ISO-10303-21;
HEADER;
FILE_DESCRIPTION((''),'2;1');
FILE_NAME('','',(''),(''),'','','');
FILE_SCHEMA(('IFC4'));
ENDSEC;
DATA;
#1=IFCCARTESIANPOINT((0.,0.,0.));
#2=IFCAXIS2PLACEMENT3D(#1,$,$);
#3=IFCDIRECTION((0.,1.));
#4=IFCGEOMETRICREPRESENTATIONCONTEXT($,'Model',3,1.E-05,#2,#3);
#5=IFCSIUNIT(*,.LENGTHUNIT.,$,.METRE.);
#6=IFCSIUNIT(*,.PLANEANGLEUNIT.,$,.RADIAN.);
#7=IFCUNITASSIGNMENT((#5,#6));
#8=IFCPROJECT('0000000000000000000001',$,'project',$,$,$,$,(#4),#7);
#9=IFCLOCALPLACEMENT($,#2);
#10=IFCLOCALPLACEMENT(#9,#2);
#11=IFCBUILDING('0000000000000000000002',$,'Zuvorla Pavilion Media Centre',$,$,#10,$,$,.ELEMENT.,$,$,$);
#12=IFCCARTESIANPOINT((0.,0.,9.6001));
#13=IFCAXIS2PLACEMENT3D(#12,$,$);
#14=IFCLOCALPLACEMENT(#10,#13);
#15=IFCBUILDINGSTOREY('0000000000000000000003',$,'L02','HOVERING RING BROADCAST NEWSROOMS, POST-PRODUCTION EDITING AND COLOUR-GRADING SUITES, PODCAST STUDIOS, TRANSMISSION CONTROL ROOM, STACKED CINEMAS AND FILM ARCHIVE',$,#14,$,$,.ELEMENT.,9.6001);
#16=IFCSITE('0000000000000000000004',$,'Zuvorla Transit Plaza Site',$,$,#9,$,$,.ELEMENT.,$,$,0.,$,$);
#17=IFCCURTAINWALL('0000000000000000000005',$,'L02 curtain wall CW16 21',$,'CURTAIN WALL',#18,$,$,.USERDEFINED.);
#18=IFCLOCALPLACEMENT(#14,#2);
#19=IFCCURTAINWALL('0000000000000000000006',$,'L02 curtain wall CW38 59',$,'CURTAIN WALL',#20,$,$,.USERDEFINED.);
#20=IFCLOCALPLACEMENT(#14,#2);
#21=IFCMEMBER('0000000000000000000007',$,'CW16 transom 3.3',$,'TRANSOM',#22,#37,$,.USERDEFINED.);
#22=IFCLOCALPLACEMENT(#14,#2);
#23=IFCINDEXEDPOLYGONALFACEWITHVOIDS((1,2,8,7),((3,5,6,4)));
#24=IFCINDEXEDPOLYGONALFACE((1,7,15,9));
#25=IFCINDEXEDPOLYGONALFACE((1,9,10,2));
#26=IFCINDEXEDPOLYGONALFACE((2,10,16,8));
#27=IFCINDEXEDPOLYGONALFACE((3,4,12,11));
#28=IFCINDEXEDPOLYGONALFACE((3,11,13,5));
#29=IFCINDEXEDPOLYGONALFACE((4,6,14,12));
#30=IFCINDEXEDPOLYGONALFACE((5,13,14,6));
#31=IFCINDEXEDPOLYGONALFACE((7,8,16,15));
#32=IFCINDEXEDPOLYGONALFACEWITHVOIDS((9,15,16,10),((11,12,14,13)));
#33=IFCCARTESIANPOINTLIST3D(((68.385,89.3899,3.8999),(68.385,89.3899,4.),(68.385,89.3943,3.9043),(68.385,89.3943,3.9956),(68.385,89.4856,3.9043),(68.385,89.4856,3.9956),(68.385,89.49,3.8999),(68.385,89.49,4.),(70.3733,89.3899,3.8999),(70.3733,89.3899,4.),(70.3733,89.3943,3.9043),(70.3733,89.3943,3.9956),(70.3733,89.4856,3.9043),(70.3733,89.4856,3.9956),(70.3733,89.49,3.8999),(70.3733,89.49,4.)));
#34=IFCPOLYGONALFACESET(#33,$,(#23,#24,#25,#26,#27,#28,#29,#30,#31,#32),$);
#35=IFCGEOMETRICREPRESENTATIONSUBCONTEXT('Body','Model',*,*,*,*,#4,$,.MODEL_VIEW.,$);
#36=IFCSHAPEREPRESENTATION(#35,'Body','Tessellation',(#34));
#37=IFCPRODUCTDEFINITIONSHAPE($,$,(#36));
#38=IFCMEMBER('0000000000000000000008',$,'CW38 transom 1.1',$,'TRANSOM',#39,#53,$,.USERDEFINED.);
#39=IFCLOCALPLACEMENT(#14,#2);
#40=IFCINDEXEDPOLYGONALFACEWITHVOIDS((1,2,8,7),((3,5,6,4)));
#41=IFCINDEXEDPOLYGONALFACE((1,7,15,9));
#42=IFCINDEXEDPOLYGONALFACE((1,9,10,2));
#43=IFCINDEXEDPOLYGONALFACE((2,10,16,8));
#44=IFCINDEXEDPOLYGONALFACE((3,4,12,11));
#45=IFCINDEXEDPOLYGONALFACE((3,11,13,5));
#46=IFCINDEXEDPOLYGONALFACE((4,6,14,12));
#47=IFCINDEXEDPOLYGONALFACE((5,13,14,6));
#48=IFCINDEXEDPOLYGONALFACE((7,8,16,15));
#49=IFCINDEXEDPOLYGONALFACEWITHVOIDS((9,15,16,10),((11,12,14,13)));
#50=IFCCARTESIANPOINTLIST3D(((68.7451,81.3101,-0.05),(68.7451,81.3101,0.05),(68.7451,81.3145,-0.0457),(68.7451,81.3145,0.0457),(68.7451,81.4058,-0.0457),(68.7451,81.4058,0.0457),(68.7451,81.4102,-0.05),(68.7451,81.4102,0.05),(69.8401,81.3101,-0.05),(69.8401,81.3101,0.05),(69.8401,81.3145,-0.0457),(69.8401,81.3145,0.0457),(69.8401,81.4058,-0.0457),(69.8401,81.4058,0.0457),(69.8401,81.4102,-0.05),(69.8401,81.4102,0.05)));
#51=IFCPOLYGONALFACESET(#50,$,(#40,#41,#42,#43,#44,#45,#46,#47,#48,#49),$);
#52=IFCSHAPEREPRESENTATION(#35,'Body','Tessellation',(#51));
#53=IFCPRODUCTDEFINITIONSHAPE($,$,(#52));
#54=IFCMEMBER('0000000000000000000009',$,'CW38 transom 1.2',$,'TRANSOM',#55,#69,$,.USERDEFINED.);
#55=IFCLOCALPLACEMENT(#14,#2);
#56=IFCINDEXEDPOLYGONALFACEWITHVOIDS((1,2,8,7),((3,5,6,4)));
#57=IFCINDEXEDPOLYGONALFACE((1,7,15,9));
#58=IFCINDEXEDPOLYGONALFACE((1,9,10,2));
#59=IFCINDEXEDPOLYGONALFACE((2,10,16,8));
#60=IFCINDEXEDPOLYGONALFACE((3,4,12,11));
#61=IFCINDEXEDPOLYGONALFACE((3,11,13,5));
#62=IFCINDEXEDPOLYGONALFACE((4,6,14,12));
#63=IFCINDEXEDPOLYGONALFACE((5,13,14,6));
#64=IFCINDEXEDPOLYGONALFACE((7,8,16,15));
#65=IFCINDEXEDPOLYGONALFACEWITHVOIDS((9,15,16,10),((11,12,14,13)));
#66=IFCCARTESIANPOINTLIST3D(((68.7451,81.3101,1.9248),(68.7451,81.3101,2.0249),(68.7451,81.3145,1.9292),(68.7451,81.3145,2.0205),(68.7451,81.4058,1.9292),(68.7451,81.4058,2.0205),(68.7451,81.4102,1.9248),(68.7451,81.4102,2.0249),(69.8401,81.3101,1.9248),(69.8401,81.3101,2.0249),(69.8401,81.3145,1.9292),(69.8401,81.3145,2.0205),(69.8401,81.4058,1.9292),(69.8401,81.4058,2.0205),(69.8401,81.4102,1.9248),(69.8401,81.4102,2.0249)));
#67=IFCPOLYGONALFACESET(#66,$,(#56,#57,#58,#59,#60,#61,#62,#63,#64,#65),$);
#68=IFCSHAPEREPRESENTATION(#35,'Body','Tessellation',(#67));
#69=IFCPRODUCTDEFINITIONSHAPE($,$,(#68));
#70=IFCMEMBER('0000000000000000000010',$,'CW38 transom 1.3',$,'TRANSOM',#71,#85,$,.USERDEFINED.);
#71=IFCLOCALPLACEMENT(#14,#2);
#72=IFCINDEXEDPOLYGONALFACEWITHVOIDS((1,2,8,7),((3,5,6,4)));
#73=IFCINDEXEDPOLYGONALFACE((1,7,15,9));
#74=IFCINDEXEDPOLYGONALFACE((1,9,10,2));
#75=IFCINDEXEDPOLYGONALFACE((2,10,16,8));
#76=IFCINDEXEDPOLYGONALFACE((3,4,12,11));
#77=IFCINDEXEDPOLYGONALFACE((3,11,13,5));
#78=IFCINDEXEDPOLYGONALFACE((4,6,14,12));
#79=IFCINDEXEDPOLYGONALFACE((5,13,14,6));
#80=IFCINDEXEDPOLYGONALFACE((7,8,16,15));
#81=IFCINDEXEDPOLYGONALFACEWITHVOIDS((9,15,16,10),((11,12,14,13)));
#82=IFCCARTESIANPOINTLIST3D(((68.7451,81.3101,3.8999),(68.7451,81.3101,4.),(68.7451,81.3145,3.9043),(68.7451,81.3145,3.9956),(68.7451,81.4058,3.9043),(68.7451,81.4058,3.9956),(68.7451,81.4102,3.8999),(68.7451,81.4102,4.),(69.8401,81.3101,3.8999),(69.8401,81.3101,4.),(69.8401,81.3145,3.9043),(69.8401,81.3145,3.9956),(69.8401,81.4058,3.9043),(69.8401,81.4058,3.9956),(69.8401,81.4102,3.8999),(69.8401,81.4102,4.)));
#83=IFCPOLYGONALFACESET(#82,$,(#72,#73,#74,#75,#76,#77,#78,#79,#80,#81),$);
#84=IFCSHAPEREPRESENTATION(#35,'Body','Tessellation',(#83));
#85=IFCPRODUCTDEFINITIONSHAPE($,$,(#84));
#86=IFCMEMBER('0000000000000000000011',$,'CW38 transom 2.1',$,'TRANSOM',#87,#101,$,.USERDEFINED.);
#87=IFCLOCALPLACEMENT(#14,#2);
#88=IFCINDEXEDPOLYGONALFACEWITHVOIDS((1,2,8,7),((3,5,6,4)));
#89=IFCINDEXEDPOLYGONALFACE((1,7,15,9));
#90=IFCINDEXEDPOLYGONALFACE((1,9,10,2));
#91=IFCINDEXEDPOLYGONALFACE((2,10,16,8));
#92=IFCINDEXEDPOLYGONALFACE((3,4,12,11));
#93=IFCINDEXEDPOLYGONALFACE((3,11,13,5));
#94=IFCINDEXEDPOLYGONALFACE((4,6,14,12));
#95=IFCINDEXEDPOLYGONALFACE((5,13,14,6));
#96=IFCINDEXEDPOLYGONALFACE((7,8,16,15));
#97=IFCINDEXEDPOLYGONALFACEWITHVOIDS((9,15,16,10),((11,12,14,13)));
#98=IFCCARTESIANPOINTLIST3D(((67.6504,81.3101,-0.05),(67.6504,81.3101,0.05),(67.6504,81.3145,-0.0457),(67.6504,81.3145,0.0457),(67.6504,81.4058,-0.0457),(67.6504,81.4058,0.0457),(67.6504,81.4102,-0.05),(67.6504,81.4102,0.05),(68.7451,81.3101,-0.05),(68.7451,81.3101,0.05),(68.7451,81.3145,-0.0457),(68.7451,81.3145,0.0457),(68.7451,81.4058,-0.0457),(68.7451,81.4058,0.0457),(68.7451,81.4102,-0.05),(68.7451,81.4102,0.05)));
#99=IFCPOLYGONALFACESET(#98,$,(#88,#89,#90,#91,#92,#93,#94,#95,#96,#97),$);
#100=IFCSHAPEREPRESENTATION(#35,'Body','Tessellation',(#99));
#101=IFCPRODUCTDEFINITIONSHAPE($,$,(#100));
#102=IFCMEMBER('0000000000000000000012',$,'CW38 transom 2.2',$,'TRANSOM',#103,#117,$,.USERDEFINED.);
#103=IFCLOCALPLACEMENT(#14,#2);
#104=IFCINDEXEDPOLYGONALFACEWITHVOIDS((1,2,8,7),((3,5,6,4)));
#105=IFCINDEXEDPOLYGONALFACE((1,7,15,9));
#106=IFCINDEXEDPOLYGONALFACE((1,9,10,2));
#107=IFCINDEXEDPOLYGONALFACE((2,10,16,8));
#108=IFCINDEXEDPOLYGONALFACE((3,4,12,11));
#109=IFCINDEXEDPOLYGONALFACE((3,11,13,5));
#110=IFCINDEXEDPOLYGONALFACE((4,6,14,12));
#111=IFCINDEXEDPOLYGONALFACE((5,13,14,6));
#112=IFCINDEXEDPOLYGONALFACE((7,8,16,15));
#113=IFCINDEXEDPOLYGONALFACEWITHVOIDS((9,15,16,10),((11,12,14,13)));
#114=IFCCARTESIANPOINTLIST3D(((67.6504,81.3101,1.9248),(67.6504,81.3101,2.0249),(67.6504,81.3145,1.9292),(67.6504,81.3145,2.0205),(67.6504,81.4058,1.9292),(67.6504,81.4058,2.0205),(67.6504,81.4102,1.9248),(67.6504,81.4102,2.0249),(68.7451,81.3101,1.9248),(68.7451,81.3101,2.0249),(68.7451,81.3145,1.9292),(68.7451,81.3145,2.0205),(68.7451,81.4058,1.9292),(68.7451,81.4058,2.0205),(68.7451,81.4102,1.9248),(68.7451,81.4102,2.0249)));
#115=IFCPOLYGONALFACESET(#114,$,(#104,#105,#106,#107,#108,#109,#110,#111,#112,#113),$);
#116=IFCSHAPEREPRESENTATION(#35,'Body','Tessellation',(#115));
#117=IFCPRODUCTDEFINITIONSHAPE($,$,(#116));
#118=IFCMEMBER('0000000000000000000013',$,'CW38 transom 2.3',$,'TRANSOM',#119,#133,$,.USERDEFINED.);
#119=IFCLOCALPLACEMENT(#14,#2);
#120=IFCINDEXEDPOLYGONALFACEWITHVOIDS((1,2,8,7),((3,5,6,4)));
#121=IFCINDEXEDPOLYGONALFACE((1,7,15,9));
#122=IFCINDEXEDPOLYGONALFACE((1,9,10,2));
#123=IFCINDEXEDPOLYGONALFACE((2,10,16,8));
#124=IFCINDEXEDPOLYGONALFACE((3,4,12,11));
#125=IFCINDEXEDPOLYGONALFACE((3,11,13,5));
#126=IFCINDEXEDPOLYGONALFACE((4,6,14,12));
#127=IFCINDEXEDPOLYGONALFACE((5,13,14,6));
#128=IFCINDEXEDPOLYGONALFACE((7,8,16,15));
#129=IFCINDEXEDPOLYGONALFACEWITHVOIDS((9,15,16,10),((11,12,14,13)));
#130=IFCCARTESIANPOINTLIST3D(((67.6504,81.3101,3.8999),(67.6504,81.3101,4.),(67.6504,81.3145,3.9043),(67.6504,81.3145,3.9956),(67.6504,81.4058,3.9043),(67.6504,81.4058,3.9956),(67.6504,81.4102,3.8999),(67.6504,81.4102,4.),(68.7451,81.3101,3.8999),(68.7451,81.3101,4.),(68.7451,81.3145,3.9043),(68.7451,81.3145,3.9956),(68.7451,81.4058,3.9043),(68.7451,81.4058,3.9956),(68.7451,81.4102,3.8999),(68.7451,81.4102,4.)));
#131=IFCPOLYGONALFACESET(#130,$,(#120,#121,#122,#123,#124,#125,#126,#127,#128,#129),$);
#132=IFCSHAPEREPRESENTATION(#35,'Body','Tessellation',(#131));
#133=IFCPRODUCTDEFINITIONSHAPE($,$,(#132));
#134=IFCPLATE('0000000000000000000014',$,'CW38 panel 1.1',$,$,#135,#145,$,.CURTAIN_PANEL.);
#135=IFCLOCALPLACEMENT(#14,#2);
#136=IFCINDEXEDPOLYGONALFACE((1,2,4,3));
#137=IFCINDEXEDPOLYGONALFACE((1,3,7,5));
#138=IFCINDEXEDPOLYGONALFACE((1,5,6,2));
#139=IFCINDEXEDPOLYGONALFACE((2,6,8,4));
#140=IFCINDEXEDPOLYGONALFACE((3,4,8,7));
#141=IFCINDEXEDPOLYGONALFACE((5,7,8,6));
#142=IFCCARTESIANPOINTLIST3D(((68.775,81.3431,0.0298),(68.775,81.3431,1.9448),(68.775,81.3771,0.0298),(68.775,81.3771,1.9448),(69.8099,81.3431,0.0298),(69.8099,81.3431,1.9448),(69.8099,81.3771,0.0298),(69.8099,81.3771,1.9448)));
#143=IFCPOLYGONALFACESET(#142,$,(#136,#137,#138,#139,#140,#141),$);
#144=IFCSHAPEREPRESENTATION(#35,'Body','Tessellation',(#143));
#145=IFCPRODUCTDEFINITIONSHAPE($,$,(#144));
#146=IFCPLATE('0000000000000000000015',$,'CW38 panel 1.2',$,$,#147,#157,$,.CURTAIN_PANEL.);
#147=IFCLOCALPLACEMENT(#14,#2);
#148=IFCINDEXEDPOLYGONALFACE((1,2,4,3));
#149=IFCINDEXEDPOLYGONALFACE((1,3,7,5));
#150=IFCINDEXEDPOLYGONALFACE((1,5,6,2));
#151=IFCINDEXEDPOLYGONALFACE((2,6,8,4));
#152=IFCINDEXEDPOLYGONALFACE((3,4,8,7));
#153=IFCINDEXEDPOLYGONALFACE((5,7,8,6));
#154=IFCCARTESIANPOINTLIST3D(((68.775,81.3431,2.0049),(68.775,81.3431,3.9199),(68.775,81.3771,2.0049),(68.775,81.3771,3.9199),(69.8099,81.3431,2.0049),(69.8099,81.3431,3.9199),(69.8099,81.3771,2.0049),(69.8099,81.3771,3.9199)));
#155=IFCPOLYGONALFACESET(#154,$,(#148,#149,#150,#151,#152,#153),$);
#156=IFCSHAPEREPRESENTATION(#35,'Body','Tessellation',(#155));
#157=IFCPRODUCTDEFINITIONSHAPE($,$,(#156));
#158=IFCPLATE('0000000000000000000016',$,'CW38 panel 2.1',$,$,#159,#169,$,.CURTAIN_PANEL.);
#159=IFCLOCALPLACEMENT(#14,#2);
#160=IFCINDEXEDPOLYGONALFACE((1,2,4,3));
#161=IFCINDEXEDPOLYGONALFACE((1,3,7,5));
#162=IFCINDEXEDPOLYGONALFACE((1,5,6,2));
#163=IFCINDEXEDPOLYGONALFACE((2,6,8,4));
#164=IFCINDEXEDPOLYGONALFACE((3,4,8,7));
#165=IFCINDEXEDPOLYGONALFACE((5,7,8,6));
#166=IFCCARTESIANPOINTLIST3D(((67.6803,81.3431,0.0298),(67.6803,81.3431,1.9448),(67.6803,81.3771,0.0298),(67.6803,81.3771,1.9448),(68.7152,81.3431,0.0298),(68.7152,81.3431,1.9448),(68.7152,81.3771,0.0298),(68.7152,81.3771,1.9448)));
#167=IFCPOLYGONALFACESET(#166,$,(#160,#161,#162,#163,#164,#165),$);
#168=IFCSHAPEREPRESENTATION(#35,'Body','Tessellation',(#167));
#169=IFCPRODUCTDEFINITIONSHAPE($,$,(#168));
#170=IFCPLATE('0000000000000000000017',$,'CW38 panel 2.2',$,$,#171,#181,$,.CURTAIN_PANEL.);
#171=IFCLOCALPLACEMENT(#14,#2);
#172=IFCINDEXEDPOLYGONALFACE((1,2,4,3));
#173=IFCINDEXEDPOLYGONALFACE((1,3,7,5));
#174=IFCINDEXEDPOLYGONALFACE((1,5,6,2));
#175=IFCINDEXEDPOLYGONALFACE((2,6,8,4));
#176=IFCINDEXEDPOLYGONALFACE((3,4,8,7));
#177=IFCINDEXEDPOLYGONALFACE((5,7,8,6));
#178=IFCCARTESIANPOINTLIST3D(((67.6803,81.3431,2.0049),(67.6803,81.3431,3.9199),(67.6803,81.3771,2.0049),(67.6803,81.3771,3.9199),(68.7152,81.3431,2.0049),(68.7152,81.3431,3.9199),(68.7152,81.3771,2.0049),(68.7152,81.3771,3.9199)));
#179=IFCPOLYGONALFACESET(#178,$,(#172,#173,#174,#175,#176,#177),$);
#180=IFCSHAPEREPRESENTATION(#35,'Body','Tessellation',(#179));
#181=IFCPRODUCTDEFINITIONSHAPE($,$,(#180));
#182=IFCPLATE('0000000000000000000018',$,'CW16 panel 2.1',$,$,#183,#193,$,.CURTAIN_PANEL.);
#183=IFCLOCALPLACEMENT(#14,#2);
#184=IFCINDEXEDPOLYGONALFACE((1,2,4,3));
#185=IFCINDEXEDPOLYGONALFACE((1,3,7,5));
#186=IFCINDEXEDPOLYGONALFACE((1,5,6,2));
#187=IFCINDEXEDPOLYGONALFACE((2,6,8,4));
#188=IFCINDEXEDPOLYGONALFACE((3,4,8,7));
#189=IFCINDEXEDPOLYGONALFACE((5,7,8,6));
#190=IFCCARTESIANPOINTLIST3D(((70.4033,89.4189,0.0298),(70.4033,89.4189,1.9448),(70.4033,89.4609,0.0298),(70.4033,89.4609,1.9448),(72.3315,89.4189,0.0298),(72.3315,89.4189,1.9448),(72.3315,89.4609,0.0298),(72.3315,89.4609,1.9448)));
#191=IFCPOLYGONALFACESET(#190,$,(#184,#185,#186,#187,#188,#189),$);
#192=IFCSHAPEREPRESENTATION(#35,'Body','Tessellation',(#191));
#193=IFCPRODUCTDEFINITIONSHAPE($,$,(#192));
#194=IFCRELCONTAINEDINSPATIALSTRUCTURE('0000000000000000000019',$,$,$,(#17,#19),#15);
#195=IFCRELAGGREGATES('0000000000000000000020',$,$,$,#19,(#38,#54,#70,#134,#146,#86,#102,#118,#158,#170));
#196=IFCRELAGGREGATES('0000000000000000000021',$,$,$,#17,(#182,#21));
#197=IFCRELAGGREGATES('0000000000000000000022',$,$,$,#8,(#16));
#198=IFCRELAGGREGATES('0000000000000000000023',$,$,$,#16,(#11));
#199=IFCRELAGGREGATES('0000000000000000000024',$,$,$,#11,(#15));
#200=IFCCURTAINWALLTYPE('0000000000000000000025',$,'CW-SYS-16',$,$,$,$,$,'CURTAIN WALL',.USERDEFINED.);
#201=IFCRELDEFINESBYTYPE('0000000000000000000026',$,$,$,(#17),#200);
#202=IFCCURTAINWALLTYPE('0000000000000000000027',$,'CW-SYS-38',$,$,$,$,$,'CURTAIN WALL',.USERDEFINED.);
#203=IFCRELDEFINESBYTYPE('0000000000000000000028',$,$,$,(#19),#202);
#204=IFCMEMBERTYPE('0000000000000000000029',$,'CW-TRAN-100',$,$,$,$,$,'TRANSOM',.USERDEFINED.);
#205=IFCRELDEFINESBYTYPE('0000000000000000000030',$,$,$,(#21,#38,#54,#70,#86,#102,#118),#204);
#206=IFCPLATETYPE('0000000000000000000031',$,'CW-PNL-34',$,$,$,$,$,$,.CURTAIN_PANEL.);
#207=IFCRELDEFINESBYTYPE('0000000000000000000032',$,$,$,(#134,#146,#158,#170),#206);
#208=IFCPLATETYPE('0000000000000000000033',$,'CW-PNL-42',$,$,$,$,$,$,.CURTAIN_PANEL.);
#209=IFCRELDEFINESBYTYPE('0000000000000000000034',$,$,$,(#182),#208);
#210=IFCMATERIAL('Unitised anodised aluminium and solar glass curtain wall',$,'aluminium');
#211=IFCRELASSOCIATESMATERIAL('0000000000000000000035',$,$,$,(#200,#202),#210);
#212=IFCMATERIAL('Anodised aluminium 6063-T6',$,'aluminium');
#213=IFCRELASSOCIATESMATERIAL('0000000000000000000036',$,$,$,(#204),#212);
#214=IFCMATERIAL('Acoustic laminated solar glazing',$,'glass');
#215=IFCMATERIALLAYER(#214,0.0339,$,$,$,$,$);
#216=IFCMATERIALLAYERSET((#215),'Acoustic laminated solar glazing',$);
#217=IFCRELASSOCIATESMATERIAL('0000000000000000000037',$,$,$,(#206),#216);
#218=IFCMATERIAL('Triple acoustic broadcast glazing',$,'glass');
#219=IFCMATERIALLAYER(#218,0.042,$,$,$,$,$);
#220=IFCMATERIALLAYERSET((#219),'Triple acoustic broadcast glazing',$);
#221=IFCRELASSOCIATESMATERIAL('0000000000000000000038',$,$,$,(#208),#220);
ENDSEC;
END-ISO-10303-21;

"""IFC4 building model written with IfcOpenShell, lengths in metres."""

from ifc_helpers import new_model, si_unit, direction, frame, origin, origin_2d, place, context, subcontext, project, spatial, rectangle, hollow_rectangle, extrude, material, layer, layer_set, material_profile, profile_set, type_object, element, aggregate, save


model = new_model("IFC4")

# Units and contexts
model_context = context("Model", 3, precision=1e-05, world=origin(), true_north=direction((0.0, 1.0)))
body_context = subcontext(model_context, "Body", "Model", "MODEL_VIEW")
ifc_project = project(units=[si_unit("LENGTHUNIT", "METRE"), si_unit("PLANEANGLEUNIT", "RADIAN")], contexts=[model_context])

# Site, building, storey
site_placement = place(None, origin())
site = spatial("IfcSite", under=ifc_project, at=site_placement, Name="Zuvorla Transit Plaza Site", CompositionType="ELEMENT", RefElevation=0.0)
building_placement = place(site_placement, origin())
building = spatial("IfcBuilding", under=site, at=building_placement, Name="Zuvorla Pavilion Media Centre", CompositionType="ELEMENT")
storey_placement = place(building_placement, frame((0.0, 0.0, 9.6001)))
storey = spatial("IfcBuildingStorey", under=building, at=storey_placement, Name="L02", Description="HOVERING RING BROADCAST NEWSROOMS, POST-PRODUCTION EDITING AND COLOUR-GRADING SUITES, PODCAST STUDIOS, TRANSMISSION CONTROL ROOM, STACKED CINEMAS AND FILM ARCHIVE", CompositionType="ELEMENT", Elevation=9.6001)

# Shared definitions
ifc_material_1 = material(Name="Unitised anodised aluminium and solar glass curtain wall", Category="aluminium")
ifc_material_2 = material(Name="Anodised aluminium 6063-T6", Category="aluminium")

# Curtain walls
curtain_wall_type_1 = type_object("IfcCurtainWallType", Name="CW-SYS-16", ElementType="CURTAIN WALL", PredefinedType="USERDEFINED", material=ifc_material_1)
curtain_wall_1_placement = place(storey_placement, origin())
curtain_wall_1 = element("IfcCurtainWall", 1, at=curtain_wall_1_placement, inside=storey, type_object=curtain_wall_type_1, Name="L02 curtain wall CW16 21", ObjectType="CURTAIN WALL", PredefinedType="USERDEFINED")
curtain_wall_type_2 = type_object("IfcCurtainWallType", Name="CW-SYS-38", ElementType="CURTAIN WALL", PredefinedType="USERDEFINED", material=ifc_material_1)
curtain_wall_2_placement = place(storey_placement, origin())
curtain_wall_2 = element("IfcCurtainWall", 2, at=curtain_wall_2_placement, inside=storey, type_object=curtain_wall_type_2, Name="L02 curtain wall CW38 59", ObjectType="CURTAIN WALL", PredefinedType="USERDEFINED")

# Members
ifc_material_profile_1 = material_profile(ifc_material_2, hollow_rectangle(XDim=0.1001, YDim=0.1001, WallThickness=0.0044, at=origin_2d()), Name="ALU TRAN 100x100")
ifc_profile_set_1 = profile_set([ifc_material_profile_1], Name="Anodised aluminium 6063-T6")
member_type_1 = type_object("IfcMemberType", Name="CW-TRAN-100", ElementType="TRANSOM", PredefinedType="USERDEFINED", material=ifc_profile_set_1)
member_1_placement = place(storey_placement, frame((70.3733, 89.4399, 3.95), z_axis=(-1.0, 0.0, 0.0), x_axis=(0.0, -1.0, 0.0)))
member_1 = element("IfcMember", 3, at=member_1_placement, type_object=member_type_1, Name="CW16 transom 3.3", ObjectType="TRANSOM", PredefinedType="USERDEFINED", context=body_context, shape_type="SweptSolid", body=[
    extrude(hollow_rectangle(XDim=0.1001, YDim=0.1001, WallThickness=0.0044, at=origin_2d()), origin(), (0.0, 0.0, 1.0), 1.9883),
])
member_2_placement = place(storey_placement, frame((69.8401, 81.3601, 0.0), z_axis=(-1.0, 0.0, 0.0), x_axis=(0.0, -1.0, 0.0)))
member_2 = element("IfcMember", 4, at=member_2_placement, type_object=member_type_1, Name="CW38 transom 1.1", ObjectType="TRANSOM", PredefinedType="USERDEFINED", context=body_context, shape_type="SweptSolid", body=[
    extrude(hollow_rectangle(XDim=0.1001, YDim=0.1001, WallThickness=0.0044, at=origin_2d()), origin(), (0.0, 0.0, 1.0), 1.095),
])
member_3_placement = place(storey_placement, frame((69.8401, 81.3601, 1.9749), z_axis=(-1.0, 0.0, 0.0), x_axis=(0.0, -1.0, 0.0)))
member_3 = element("IfcMember", 5, at=member_3_placement, type_object=member_type_1, Name="CW38 transom 1.2", ObjectType="TRANSOM", PredefinedType="USERDEFINED", context=body_context, shape_type="SweptSolid", body=[
    extrude(hollow_rectangle(XDim=0.1001, YDim=0.1001, WallThickness=0.0044, at=origin_2d()), origin(), (0.0, 0.0, 1.0), 1.095),
])
member_4_placement = place(storey_placement, frame((69.8401, 81.3601, 3.95), z_axis=(-1.0, 0.0, 0.0), x_axis=(0.0, -1.0, 0.0)))
member_4 = element("IfcMember", 6, at=member_4_placement, type_object=member_type_1, Name="CW38 transom 1.3", ObjectType="TRANSOM", PredefinedType="USERDEFINED", context=body_context, shape_type="SweptSolid", body=[
    extrude(hollow_rectangle(XDim=0.1001, YDim=0.1001, WallThickness=0.0044, at=origin_2d()), origin(), (0.0, 0.0, 1.0), 1.095),
])
member_5_placement = place(storey_placement, frame((68.7451, 81.3601, 0.0), z_axis=(-1.0, 0.0, 0.0), x_axis=(0.0, -1.0, 0.0)))
member_5 = element("IfcMember", 7, at=member_5_placement, type_object=member_type_1, Name="CW38 transom 2.1", ObjectType="TRANSOM", PredefinedType="USERDEFINED", context=body_context, shape_type="SweptSolid", body=[
    extrude(hollow_rectangle(XDim=0.1001, YDim=0.1001, WallThickness=0.0044, at=origin_2d()), origin(), (0.0, 0.0, 1.0), 1.0947),
])
member_6_placement = place(storey_placement, frame((68.7451, 81.3601, 1.9749), z_axis=(-1.0, 0.0, 0.0), x_axis=(0.0, -1.0, 0.0)))
member_6 = element("IfcMember", 8, at=member_6_placement, type_object=member_type_1, Name="CW38 transom 2.2", ObjectType="TRANSOM", PredefinedType="USERDEFINED", context=body_context, shape_type="SweptSolid", body=[
    extrude(hollow_rectangle(XDim=0.1001, YDim=0.1001, WallThickness=0.0044, at=origin_2d()), origin(), (0.0, 0.0, 1.0), 1.0947),
])
member_7_placement = place(storey_placement, frame((68.7451, 81.3601, 3.95), z_axis=(-1.0, 0.0, 0.0), x_axis=(0.0, -1.0, 0.0)))
member_7 = element("IfcMember", 9, at=member_7_placement, type_object=member_type_1, Name="CW38 transom 2.3", ObjectType="TRANSOM", PredefinedType="USERDEFINED", context=body_context, shape_type="SweptSolid", body=[
    extrude(hollow_rectangle(XDim=0.1001, YDim=0.1001, WallThickness=0.0044, at=origin_2d()), origin(), (0.0, 0.0, 1.0), 1.0947),
])

# Plates
ifc_material_3 = material(Name="Acoustic laminated solar glazing", Category="glass")
ifc_layer_1 = layer(ifc_material_3, 0.0339)
ifc_layer_set_1 = layer_set([ifc_layer_1], Name="Acoustic laminated solar glazing")
plate_type_1 = type_object("IfcPlateType", Name="CW-PNL-34", PredefinedType="CURTAIN_PANEL", material=ifc_layer_set_1)
plate_1_placement = place(storey_placement, frame((69.2925, 81.3601, 0.0298), z_axis=(0.0, 0.0, 1.0), x_axis=(-1.0, 0.0, 0.0)))
plate_1 = element("IfcPlate", 10, at=plate_1_placement, type_object=plate_type_1, Name="CW38 panel 1.1", PredefinedType="CURTAIN_PANEL", context=body_context, shape_type="SweptSolid", body=[
    extrude(rectangle(XDim=1.0349, YDim=0.0339, at=origin_2d()), origin(), (0.0, 0.0, 1.0), 1.915),
])
plate_2_placement = place(storey_placement, frame((69.2925, 81.3601, 2.0049), z_axis=(0.0, 0.0, 1.0), x_axis=(-1.0, 0.0, 0.0)))
plate_2 = element("IfcPlate", 11, at=plate_2_placement, type_object=plate_type_1, Name="CW38 panel 1.2", PredefinedType="CURTAIN_PANEL", context=body_context, shape_type="SweptSolid", body=[
    extrude(rectangle(XDim=1.0349, YDim=0.0339, at=origin_2d()), origin(), (0.0, 0.0, 1.0), 1.915),
])
plate_3_placement = place(storey_placement, frame((68.1978, 81.3601, 0.0298), z_axis=(0.0, 0.0, 1.0), x_axis=(-1.0, 0.0, 0.0)))
plate_3 = element("IfcPlate", 12, at=plate_3_placement, type_object=plate_type_1, Name="CW38 panel 2.1", PredefinedType="CURTAIN_PANEL", context=body_context, shape_type="SweptSolid", body=[
    extrude(rectangle(XDim=1.0349, YDim=0.0339, at=origin_2d()), origin(), (0.0, 0.0, 1.0), 1.915),
])
plate_4_placement = place(storey_placement, frame((68.1978, 81.3601, 2.0049), z_axis=(0.0, 0.0, 1.0), x_axis=(-1.0, 0.0, 0.0)))
plate_4 = element("IfcPlate", 13, at=plate_4_placement, type_object=plate_type_1, Name="CW38 panel 2.2", PredefinedType="CURTAIN_PANEL", context=body_context, shape_type="SweptSolid", body=[
    extrude(rectangle(XDim=1.0349, YDim=0.0339, at=origin_2d()), origin(), (0.0, 0.0, 1.0), 1.915),
])
aggregate(curtain_wall_2, [member_2, member_3, member_4, plate_1, plate_2, member_5, member_6, member_7, plate_3, plate_4])
ifc_material_4 = material(Name="Triple acoustic broadcast glazing", Category="glass")
ifc_layer_2 = layer(ifc_material_4, 0.042)
ifc_layer_set_2 = layer_set([ifc_layer_2], Name="Triple acoustic broadcast glazing")
plate_type_2 = type_object("IfcPlateType", Name="CW-PNL-42", PredefinedType="CURTAIN_PANEL", material=ifc_layer_set_2)
plate_5_placement = place(storey_placement, frame((71.3674, 89.4399, 0.0298), z_axis=(0.0, 0.0, 1.0), x_axis=(-1.0, 0.0, 0.0)))
plate_5 = element("IfcPlate", 14, at=plate_5_placement, type_object=plate_type_2, Name="CW16 panel 2.1", PredefinedType="CURTAIN_PANEL", context=body_context, shape_type="SweptSolid", body=[
    extrude(rectangle(XDim=1.9282, YDim=0.042, at=origin_2d()), origin(), (0.0, 0.0, 1.0), 1.915),
])
aggregate(curtain_wall_1, [plate_5, member_1])

save(model, "model.ifc")
